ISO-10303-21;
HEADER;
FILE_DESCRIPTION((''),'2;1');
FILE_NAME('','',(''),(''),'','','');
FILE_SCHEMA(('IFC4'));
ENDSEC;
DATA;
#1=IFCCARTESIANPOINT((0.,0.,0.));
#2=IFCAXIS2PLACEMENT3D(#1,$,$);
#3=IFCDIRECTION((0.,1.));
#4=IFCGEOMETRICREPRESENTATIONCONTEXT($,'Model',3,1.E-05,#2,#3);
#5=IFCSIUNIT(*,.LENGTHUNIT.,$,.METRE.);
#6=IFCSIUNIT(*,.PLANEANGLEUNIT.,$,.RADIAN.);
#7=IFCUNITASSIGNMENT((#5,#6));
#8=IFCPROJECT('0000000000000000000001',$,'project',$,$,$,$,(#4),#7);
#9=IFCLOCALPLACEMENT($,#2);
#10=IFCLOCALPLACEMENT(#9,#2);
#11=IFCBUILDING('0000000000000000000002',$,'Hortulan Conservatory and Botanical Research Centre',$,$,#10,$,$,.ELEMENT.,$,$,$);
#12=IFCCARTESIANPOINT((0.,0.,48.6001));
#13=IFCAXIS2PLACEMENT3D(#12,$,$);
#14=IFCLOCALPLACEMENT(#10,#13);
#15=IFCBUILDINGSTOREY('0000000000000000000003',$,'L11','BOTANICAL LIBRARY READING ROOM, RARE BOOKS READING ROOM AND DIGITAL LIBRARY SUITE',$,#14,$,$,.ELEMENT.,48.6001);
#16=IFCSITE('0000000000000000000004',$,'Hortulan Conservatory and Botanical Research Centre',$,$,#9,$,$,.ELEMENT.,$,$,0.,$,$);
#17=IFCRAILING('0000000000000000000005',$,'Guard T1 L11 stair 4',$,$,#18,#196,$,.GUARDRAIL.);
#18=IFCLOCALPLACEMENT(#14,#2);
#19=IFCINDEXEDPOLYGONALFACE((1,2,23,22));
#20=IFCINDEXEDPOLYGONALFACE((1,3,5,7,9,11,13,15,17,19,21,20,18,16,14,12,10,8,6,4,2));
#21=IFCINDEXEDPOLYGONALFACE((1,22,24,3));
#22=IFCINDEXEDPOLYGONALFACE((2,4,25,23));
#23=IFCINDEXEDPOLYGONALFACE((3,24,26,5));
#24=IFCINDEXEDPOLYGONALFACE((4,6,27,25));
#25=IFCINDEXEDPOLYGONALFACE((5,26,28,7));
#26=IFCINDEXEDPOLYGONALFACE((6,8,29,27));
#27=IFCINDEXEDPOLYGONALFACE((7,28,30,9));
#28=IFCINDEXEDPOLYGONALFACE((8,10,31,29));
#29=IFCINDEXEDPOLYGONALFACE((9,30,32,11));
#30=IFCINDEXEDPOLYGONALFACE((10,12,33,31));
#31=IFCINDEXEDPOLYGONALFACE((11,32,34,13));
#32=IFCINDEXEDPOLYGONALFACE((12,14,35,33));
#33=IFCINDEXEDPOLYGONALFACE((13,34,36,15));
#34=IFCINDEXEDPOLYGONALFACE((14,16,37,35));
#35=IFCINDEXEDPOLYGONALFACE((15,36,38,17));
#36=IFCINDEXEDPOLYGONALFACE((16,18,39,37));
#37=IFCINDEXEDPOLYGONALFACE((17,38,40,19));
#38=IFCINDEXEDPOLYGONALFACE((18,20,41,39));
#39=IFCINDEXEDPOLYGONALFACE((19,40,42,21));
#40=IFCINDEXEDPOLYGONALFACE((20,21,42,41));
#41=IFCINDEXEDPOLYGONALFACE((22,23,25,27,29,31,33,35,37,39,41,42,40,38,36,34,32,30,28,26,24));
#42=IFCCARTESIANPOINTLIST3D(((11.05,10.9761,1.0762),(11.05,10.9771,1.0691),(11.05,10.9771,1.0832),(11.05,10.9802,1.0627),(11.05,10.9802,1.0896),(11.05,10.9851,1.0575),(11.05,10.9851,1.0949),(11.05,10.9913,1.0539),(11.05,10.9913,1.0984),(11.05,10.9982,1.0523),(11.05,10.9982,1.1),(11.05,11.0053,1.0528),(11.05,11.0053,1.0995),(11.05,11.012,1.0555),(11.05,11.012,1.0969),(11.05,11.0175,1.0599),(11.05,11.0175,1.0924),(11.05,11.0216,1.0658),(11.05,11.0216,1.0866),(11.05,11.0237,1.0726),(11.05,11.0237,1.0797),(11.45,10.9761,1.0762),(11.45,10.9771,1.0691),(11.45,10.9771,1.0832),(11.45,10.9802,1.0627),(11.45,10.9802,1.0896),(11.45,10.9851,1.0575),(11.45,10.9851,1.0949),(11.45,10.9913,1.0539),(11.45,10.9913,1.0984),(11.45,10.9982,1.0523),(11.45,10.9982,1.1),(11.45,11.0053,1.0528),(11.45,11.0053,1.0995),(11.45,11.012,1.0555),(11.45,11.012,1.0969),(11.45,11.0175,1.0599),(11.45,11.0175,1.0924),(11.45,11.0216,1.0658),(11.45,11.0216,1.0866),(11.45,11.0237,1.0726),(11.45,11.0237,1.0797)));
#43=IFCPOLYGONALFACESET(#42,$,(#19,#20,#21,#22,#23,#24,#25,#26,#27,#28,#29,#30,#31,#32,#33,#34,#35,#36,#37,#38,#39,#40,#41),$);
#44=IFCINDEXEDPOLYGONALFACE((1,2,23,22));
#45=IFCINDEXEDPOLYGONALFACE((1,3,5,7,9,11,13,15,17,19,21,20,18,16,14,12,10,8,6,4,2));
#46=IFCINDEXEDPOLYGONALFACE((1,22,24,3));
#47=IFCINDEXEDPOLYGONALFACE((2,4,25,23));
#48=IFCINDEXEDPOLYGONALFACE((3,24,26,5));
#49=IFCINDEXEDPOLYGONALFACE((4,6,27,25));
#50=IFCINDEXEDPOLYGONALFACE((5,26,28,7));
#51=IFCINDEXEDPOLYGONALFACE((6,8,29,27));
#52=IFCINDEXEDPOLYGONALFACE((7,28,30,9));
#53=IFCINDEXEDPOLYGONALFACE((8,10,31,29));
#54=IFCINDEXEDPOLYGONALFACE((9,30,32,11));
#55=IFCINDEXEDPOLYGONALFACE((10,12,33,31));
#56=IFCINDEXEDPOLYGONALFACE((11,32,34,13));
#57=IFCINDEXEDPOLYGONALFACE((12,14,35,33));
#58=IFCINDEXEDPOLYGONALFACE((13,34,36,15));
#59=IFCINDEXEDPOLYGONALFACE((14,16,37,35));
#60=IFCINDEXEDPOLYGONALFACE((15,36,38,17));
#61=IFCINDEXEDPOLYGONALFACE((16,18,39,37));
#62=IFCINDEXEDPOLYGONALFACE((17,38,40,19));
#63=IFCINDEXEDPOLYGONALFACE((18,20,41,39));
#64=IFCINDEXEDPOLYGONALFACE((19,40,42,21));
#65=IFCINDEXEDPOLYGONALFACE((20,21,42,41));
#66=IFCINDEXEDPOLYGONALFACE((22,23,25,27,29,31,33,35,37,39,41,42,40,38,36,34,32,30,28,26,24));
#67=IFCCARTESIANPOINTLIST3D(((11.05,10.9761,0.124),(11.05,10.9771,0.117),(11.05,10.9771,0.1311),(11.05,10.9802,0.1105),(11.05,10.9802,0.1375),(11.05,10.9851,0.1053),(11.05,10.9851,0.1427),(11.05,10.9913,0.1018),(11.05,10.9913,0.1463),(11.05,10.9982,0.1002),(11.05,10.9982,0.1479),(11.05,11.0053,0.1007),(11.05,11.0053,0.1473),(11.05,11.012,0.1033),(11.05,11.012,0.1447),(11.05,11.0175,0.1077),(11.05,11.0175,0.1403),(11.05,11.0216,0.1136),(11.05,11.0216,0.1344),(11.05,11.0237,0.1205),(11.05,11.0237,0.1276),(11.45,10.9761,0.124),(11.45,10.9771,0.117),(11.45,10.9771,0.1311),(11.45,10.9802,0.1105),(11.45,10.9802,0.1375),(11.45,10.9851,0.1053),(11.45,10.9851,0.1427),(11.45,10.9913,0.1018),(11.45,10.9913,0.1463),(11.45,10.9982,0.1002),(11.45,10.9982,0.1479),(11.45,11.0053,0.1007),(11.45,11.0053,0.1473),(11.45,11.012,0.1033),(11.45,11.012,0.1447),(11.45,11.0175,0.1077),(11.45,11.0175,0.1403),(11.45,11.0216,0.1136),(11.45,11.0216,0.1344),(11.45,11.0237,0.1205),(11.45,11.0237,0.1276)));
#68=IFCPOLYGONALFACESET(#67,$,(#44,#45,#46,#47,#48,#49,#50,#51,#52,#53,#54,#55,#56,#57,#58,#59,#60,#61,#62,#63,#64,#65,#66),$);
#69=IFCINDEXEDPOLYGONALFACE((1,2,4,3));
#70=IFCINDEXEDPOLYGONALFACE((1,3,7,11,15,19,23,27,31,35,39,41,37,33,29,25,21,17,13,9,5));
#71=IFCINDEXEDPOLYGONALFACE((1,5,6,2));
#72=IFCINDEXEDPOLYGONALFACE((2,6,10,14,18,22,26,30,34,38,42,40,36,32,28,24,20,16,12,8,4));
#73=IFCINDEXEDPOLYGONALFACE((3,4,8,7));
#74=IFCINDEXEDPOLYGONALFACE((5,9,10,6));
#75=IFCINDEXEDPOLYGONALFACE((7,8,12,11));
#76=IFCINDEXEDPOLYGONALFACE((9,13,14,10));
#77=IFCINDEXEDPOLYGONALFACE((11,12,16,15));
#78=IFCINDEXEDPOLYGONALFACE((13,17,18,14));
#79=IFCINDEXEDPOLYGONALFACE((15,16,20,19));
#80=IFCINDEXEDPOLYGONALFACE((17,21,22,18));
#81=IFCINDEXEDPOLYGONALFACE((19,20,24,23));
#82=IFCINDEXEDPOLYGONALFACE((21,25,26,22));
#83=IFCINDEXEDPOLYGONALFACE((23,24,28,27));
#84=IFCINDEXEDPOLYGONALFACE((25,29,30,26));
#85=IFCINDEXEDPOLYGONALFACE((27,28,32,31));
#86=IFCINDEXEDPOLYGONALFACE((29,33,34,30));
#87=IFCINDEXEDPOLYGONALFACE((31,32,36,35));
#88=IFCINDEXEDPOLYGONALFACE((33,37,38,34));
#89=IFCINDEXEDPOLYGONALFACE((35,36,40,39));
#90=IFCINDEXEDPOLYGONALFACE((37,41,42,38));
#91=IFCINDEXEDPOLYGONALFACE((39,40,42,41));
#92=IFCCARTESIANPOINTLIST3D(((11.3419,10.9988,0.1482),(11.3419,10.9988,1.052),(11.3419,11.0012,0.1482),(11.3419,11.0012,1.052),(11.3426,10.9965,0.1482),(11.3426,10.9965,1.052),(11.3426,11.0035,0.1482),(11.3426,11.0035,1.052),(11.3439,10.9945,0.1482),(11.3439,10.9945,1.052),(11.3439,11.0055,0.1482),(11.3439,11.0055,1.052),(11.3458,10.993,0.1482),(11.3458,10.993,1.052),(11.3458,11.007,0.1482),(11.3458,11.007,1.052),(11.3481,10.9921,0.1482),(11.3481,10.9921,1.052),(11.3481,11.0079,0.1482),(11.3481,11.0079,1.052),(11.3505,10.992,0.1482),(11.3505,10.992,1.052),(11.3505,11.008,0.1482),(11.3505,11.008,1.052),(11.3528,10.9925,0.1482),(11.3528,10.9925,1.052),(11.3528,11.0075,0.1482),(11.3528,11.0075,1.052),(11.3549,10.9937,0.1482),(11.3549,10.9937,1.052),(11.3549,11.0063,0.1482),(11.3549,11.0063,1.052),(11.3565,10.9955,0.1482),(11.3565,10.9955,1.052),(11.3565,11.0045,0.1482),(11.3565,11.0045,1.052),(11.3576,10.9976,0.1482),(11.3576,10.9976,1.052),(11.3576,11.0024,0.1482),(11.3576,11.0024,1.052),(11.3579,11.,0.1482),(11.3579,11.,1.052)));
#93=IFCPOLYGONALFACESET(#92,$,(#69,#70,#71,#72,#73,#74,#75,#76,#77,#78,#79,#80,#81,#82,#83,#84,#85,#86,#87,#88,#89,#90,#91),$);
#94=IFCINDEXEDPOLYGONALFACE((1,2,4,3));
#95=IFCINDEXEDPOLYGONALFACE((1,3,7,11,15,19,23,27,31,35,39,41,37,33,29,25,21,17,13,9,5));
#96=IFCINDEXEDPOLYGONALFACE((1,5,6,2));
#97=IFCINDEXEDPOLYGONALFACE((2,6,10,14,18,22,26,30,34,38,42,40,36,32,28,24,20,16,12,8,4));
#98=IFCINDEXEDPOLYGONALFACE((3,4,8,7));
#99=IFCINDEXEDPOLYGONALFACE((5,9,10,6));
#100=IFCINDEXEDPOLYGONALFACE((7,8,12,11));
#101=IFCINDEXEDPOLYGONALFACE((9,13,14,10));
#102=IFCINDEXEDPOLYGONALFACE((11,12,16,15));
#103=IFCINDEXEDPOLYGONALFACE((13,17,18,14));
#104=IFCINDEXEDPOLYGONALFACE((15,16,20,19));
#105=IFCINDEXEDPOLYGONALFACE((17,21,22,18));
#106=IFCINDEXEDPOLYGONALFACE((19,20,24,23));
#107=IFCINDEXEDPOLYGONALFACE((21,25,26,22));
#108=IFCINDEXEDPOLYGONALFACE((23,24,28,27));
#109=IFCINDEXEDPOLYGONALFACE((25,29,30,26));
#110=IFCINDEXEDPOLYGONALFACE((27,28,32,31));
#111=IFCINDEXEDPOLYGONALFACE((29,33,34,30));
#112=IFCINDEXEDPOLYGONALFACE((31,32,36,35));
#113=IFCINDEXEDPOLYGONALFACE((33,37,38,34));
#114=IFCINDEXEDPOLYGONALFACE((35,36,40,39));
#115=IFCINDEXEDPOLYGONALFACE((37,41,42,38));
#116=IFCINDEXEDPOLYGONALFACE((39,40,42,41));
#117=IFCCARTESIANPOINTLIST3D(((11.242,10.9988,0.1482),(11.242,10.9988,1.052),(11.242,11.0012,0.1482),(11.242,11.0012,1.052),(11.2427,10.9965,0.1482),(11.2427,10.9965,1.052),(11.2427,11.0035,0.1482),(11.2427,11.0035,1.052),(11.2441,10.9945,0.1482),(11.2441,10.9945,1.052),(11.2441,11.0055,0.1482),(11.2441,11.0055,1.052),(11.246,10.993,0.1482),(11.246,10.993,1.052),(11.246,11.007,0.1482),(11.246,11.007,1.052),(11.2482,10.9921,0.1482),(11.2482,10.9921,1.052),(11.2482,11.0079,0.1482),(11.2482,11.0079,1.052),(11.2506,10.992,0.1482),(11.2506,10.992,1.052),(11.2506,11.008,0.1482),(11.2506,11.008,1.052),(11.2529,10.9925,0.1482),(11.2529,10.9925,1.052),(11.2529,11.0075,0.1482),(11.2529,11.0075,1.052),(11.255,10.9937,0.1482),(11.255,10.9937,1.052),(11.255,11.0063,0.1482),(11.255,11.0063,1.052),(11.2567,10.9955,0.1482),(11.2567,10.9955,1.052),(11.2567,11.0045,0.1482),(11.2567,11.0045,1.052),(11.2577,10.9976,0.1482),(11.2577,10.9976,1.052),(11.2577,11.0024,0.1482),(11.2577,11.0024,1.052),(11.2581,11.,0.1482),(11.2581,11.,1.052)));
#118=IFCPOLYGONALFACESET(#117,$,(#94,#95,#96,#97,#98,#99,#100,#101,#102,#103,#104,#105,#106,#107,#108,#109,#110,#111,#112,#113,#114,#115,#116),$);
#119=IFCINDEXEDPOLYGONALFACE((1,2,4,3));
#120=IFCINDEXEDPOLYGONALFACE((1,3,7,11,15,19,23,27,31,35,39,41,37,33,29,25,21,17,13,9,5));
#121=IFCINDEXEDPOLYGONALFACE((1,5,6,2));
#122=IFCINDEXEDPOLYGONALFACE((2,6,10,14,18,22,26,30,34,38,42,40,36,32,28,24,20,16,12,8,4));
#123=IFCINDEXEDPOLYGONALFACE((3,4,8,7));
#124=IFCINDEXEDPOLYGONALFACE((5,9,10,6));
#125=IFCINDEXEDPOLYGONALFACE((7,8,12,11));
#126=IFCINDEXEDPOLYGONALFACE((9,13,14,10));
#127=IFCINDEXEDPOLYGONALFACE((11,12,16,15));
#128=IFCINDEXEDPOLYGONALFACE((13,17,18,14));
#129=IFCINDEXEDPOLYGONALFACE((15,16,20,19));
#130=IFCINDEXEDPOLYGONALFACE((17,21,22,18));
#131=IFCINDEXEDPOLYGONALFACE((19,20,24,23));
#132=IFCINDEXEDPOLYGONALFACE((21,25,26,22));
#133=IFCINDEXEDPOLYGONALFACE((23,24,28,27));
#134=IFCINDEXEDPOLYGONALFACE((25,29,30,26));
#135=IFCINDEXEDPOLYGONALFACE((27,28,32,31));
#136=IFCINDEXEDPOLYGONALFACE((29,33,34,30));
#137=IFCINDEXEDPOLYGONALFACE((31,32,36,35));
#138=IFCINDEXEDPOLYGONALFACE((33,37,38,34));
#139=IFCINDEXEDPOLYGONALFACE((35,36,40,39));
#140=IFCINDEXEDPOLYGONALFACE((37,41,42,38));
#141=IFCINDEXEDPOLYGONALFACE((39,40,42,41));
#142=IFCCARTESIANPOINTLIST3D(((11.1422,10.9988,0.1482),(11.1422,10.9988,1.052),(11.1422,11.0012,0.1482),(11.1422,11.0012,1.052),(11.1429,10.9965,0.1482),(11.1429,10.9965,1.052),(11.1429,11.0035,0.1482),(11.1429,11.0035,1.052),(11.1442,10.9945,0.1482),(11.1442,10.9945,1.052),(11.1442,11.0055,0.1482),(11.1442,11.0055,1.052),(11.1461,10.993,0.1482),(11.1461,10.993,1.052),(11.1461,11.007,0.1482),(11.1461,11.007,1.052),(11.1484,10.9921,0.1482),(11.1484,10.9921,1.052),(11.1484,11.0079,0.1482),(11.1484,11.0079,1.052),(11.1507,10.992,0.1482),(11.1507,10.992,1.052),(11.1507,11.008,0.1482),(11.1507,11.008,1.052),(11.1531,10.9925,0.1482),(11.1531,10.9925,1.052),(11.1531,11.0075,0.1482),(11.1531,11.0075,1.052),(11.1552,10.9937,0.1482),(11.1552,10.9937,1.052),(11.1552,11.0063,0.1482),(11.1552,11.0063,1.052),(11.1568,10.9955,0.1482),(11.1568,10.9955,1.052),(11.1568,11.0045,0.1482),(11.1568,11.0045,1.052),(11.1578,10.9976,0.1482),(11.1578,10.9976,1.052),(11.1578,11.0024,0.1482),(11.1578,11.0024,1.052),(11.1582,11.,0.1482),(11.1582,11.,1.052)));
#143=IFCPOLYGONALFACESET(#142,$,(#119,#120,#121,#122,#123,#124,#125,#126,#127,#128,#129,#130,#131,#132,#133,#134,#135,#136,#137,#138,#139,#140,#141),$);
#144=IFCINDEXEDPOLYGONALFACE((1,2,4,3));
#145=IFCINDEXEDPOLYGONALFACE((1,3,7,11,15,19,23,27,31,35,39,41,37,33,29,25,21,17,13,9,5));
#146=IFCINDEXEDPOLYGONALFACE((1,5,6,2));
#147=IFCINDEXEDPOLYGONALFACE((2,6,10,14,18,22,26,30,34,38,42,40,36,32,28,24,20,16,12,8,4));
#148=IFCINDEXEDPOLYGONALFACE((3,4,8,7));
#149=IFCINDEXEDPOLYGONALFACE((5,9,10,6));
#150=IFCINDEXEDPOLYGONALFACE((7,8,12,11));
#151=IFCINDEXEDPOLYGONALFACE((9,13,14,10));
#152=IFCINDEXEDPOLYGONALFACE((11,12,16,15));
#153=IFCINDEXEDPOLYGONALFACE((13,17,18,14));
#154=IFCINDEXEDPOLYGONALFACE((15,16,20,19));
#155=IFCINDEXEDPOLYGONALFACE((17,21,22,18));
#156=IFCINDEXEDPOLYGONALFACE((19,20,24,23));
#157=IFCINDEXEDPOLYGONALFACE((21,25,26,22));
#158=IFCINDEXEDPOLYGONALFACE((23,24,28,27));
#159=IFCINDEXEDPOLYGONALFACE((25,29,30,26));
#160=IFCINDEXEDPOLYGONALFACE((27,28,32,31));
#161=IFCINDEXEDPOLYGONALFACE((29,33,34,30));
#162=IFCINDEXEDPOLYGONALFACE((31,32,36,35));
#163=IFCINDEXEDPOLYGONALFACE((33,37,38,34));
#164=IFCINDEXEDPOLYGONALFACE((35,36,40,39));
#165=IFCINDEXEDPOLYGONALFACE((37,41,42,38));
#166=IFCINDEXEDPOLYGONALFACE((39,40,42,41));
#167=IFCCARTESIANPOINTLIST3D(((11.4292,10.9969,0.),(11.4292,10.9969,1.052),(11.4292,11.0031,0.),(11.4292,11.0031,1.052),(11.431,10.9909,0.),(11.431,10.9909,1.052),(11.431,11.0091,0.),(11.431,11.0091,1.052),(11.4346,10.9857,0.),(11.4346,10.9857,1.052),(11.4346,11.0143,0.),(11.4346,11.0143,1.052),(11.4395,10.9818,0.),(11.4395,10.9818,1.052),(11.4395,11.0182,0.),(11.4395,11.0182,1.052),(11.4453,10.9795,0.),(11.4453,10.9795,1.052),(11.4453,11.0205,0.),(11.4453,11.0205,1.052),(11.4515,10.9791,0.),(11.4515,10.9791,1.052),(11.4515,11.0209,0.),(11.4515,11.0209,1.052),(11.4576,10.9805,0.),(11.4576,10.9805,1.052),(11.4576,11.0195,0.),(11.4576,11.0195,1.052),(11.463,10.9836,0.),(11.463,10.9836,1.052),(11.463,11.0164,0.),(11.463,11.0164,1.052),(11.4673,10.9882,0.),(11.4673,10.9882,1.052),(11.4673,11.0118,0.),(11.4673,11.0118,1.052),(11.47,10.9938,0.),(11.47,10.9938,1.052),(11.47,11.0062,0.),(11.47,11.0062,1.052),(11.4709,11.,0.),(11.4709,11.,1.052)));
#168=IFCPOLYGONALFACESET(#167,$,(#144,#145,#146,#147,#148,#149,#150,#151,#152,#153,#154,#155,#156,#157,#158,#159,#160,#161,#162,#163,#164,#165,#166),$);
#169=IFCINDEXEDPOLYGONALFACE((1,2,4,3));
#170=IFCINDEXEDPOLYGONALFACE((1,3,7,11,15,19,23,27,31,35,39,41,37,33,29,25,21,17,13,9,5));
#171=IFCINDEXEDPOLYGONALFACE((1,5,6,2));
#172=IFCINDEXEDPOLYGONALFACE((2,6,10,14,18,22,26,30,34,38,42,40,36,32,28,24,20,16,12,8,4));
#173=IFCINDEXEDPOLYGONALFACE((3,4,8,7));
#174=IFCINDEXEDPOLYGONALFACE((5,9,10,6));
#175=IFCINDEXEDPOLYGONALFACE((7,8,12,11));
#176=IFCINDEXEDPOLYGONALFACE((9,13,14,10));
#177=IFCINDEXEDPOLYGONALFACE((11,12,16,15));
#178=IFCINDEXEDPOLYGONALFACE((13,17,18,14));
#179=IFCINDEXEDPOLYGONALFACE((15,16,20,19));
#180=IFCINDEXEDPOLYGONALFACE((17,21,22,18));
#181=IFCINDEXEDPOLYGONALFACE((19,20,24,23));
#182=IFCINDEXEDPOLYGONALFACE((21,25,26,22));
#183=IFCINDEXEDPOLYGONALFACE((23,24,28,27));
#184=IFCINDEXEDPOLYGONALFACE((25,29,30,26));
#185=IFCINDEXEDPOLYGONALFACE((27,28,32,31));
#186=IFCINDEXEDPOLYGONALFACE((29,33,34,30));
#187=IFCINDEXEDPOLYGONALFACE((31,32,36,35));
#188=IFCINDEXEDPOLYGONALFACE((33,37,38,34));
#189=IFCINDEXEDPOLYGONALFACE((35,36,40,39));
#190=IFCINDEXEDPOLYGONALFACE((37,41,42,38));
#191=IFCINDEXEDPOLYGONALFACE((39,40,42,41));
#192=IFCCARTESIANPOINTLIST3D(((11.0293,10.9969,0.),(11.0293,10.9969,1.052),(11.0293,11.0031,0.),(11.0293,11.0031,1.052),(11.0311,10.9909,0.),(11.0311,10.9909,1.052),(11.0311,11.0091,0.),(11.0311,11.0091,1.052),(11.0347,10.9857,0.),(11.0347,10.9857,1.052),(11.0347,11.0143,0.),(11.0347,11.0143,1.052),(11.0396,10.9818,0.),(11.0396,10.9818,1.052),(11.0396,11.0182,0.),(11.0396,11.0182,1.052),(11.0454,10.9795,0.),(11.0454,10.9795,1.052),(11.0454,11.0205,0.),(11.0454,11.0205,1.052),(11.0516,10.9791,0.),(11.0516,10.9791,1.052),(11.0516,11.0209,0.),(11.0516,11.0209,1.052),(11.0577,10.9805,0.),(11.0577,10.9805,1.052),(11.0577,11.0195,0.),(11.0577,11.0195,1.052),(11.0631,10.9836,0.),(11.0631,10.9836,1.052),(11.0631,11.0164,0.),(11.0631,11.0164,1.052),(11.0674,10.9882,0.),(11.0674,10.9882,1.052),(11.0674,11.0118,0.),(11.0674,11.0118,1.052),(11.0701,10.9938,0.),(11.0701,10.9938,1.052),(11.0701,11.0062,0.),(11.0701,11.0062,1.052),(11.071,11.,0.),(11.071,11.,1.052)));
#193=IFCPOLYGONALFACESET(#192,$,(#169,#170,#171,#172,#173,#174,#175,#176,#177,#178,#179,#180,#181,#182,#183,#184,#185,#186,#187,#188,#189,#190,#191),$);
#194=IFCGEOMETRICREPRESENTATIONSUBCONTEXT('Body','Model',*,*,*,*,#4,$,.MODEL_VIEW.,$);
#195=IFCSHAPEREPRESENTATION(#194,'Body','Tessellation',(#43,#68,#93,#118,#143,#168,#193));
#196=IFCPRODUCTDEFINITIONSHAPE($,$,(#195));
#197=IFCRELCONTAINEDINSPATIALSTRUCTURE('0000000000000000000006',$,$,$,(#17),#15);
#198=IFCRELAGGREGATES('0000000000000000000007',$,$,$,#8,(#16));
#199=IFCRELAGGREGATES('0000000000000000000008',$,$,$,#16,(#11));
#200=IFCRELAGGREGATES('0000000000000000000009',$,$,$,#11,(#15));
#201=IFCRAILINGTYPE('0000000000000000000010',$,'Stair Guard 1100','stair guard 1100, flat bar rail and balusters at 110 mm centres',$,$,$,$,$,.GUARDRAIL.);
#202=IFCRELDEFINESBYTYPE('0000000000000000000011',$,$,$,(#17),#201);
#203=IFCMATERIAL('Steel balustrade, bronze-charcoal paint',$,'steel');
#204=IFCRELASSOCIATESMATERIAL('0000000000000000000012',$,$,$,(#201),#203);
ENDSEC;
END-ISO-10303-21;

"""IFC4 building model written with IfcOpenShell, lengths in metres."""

from ifc_helpers import new_model, si_unit, direction, frame, origin, origin_2d, place, context, subcontext, project, spatial, circle, extrude, material, type_object, element, save


model = new_model("IFC4")

# Units and contexts
model_context = context("Model", 3, precision=1e-05, world=origin(), true_north=direction((0.0, 1.0)))
body_context = subcontext(model_context, "Body", "Model", "MODEL_VIEW")
ifc_project = project(units=[si_unit("LENGTHUNIT", "METRE"), si_unit("PLANEANGLEUNIT", "RADIAN")], contexts=[model_context])

# Site, building, storey
site_placement = place(None, origin())
site = spatial("IfcSite", under=ifc_project, at=site_placement, Name="Hortulan Conservatory and Botanical Research Centre", CompositionType="ELEMENT", RefElevation=0.0)
building_placement = place(site_placement, origin())
building = spatial("IfcBuilding", under=site, at=building_placement, Name="Hortulan Conservatory and Botanical Research Centre", CompositionType="ELEMENT")
storey_placement = place(building_placement, frame((0.0, 0.0, 48.6001)))
storey = spatial("IfcBuildingStorey", under=building, at=storey_placement, Name="L11", Description="BOTANICAL LIBRARY READING ROOM, RARE BOOKS READING ROOM AND DIGITAL LIBRARY SUITE", CompositionType="ELEMENT", Elevation=48.6001)

# Railing
ifc_material_1 = material(Name="Steel balustrade, bronze-charcoal paint", Category="steel")
railing_type_1 = type_object("IfcRailingType", Name="Stair Guard 1100", Description="stair guard 1100, flat bar rail and balusters at 110 mm centres", PredefinedType="GUARDRAIL", material=ifc_material_1)
railing_1_placement = place(storey_placement, frame((11.45, 11.0, 0.0)))
element("IfcRailing", 1, at=railing_1_placement, inside=storey, type_object=railing_type_1, Name="Guard T1 L11 stair 4", PredefinedType="GUARDRAIL", context=body_context, shape_type="SweptSolid", body=[
    extrude(circle(Radius=0.0239, at=origin_2d()), frame((0.0, 0.0, 1.0762), z_axis=(-1.0, 0.0, 0.0), x_axis=(0.0, -1.0, 0.0)), (0.0, 0.0, 1.0), 0.3999),
    extrude(circle(Radius=0.0239, at=origin_2d()), frame((0.0, 0.0, 0.124), z_axis=(-1.0, 0.0, 0.0), x_axis=(0.0, -1.0, 0.0)), (0.0, 0.0, 1.0), 0.3999),
    extrude(circle(Radius=0.0081, at=origin_2d()), frame((-0.1001, 0.0, 0.1482)), (0.0, 0.0, 1.0), 0.9038),
    extrude(circle(Radius=0.0081, at=origin_2d()), frame((-0.2, 0.0, 0.1482)), (0.0, 0.0, 1.0), 0.9038),
    extrude(circle(Radius=0.0081, at=origin_2d()), frame((-0.2998, 0.0, 0.1482)), (0.0, 0.0, 1.0), 0.9038),
    extrude(circle(Radius=0.021, at=origin_2d()), origin(), (0.0, 0.0, 1.0), 1.052),
    extrude(circle(Radius=0.021, at=origin_2d()), frame((-0.3999, 0.0, 0.0)), (0.0, 0.0, 1.0), 1.052),
])

save(model, "model.ifc")
